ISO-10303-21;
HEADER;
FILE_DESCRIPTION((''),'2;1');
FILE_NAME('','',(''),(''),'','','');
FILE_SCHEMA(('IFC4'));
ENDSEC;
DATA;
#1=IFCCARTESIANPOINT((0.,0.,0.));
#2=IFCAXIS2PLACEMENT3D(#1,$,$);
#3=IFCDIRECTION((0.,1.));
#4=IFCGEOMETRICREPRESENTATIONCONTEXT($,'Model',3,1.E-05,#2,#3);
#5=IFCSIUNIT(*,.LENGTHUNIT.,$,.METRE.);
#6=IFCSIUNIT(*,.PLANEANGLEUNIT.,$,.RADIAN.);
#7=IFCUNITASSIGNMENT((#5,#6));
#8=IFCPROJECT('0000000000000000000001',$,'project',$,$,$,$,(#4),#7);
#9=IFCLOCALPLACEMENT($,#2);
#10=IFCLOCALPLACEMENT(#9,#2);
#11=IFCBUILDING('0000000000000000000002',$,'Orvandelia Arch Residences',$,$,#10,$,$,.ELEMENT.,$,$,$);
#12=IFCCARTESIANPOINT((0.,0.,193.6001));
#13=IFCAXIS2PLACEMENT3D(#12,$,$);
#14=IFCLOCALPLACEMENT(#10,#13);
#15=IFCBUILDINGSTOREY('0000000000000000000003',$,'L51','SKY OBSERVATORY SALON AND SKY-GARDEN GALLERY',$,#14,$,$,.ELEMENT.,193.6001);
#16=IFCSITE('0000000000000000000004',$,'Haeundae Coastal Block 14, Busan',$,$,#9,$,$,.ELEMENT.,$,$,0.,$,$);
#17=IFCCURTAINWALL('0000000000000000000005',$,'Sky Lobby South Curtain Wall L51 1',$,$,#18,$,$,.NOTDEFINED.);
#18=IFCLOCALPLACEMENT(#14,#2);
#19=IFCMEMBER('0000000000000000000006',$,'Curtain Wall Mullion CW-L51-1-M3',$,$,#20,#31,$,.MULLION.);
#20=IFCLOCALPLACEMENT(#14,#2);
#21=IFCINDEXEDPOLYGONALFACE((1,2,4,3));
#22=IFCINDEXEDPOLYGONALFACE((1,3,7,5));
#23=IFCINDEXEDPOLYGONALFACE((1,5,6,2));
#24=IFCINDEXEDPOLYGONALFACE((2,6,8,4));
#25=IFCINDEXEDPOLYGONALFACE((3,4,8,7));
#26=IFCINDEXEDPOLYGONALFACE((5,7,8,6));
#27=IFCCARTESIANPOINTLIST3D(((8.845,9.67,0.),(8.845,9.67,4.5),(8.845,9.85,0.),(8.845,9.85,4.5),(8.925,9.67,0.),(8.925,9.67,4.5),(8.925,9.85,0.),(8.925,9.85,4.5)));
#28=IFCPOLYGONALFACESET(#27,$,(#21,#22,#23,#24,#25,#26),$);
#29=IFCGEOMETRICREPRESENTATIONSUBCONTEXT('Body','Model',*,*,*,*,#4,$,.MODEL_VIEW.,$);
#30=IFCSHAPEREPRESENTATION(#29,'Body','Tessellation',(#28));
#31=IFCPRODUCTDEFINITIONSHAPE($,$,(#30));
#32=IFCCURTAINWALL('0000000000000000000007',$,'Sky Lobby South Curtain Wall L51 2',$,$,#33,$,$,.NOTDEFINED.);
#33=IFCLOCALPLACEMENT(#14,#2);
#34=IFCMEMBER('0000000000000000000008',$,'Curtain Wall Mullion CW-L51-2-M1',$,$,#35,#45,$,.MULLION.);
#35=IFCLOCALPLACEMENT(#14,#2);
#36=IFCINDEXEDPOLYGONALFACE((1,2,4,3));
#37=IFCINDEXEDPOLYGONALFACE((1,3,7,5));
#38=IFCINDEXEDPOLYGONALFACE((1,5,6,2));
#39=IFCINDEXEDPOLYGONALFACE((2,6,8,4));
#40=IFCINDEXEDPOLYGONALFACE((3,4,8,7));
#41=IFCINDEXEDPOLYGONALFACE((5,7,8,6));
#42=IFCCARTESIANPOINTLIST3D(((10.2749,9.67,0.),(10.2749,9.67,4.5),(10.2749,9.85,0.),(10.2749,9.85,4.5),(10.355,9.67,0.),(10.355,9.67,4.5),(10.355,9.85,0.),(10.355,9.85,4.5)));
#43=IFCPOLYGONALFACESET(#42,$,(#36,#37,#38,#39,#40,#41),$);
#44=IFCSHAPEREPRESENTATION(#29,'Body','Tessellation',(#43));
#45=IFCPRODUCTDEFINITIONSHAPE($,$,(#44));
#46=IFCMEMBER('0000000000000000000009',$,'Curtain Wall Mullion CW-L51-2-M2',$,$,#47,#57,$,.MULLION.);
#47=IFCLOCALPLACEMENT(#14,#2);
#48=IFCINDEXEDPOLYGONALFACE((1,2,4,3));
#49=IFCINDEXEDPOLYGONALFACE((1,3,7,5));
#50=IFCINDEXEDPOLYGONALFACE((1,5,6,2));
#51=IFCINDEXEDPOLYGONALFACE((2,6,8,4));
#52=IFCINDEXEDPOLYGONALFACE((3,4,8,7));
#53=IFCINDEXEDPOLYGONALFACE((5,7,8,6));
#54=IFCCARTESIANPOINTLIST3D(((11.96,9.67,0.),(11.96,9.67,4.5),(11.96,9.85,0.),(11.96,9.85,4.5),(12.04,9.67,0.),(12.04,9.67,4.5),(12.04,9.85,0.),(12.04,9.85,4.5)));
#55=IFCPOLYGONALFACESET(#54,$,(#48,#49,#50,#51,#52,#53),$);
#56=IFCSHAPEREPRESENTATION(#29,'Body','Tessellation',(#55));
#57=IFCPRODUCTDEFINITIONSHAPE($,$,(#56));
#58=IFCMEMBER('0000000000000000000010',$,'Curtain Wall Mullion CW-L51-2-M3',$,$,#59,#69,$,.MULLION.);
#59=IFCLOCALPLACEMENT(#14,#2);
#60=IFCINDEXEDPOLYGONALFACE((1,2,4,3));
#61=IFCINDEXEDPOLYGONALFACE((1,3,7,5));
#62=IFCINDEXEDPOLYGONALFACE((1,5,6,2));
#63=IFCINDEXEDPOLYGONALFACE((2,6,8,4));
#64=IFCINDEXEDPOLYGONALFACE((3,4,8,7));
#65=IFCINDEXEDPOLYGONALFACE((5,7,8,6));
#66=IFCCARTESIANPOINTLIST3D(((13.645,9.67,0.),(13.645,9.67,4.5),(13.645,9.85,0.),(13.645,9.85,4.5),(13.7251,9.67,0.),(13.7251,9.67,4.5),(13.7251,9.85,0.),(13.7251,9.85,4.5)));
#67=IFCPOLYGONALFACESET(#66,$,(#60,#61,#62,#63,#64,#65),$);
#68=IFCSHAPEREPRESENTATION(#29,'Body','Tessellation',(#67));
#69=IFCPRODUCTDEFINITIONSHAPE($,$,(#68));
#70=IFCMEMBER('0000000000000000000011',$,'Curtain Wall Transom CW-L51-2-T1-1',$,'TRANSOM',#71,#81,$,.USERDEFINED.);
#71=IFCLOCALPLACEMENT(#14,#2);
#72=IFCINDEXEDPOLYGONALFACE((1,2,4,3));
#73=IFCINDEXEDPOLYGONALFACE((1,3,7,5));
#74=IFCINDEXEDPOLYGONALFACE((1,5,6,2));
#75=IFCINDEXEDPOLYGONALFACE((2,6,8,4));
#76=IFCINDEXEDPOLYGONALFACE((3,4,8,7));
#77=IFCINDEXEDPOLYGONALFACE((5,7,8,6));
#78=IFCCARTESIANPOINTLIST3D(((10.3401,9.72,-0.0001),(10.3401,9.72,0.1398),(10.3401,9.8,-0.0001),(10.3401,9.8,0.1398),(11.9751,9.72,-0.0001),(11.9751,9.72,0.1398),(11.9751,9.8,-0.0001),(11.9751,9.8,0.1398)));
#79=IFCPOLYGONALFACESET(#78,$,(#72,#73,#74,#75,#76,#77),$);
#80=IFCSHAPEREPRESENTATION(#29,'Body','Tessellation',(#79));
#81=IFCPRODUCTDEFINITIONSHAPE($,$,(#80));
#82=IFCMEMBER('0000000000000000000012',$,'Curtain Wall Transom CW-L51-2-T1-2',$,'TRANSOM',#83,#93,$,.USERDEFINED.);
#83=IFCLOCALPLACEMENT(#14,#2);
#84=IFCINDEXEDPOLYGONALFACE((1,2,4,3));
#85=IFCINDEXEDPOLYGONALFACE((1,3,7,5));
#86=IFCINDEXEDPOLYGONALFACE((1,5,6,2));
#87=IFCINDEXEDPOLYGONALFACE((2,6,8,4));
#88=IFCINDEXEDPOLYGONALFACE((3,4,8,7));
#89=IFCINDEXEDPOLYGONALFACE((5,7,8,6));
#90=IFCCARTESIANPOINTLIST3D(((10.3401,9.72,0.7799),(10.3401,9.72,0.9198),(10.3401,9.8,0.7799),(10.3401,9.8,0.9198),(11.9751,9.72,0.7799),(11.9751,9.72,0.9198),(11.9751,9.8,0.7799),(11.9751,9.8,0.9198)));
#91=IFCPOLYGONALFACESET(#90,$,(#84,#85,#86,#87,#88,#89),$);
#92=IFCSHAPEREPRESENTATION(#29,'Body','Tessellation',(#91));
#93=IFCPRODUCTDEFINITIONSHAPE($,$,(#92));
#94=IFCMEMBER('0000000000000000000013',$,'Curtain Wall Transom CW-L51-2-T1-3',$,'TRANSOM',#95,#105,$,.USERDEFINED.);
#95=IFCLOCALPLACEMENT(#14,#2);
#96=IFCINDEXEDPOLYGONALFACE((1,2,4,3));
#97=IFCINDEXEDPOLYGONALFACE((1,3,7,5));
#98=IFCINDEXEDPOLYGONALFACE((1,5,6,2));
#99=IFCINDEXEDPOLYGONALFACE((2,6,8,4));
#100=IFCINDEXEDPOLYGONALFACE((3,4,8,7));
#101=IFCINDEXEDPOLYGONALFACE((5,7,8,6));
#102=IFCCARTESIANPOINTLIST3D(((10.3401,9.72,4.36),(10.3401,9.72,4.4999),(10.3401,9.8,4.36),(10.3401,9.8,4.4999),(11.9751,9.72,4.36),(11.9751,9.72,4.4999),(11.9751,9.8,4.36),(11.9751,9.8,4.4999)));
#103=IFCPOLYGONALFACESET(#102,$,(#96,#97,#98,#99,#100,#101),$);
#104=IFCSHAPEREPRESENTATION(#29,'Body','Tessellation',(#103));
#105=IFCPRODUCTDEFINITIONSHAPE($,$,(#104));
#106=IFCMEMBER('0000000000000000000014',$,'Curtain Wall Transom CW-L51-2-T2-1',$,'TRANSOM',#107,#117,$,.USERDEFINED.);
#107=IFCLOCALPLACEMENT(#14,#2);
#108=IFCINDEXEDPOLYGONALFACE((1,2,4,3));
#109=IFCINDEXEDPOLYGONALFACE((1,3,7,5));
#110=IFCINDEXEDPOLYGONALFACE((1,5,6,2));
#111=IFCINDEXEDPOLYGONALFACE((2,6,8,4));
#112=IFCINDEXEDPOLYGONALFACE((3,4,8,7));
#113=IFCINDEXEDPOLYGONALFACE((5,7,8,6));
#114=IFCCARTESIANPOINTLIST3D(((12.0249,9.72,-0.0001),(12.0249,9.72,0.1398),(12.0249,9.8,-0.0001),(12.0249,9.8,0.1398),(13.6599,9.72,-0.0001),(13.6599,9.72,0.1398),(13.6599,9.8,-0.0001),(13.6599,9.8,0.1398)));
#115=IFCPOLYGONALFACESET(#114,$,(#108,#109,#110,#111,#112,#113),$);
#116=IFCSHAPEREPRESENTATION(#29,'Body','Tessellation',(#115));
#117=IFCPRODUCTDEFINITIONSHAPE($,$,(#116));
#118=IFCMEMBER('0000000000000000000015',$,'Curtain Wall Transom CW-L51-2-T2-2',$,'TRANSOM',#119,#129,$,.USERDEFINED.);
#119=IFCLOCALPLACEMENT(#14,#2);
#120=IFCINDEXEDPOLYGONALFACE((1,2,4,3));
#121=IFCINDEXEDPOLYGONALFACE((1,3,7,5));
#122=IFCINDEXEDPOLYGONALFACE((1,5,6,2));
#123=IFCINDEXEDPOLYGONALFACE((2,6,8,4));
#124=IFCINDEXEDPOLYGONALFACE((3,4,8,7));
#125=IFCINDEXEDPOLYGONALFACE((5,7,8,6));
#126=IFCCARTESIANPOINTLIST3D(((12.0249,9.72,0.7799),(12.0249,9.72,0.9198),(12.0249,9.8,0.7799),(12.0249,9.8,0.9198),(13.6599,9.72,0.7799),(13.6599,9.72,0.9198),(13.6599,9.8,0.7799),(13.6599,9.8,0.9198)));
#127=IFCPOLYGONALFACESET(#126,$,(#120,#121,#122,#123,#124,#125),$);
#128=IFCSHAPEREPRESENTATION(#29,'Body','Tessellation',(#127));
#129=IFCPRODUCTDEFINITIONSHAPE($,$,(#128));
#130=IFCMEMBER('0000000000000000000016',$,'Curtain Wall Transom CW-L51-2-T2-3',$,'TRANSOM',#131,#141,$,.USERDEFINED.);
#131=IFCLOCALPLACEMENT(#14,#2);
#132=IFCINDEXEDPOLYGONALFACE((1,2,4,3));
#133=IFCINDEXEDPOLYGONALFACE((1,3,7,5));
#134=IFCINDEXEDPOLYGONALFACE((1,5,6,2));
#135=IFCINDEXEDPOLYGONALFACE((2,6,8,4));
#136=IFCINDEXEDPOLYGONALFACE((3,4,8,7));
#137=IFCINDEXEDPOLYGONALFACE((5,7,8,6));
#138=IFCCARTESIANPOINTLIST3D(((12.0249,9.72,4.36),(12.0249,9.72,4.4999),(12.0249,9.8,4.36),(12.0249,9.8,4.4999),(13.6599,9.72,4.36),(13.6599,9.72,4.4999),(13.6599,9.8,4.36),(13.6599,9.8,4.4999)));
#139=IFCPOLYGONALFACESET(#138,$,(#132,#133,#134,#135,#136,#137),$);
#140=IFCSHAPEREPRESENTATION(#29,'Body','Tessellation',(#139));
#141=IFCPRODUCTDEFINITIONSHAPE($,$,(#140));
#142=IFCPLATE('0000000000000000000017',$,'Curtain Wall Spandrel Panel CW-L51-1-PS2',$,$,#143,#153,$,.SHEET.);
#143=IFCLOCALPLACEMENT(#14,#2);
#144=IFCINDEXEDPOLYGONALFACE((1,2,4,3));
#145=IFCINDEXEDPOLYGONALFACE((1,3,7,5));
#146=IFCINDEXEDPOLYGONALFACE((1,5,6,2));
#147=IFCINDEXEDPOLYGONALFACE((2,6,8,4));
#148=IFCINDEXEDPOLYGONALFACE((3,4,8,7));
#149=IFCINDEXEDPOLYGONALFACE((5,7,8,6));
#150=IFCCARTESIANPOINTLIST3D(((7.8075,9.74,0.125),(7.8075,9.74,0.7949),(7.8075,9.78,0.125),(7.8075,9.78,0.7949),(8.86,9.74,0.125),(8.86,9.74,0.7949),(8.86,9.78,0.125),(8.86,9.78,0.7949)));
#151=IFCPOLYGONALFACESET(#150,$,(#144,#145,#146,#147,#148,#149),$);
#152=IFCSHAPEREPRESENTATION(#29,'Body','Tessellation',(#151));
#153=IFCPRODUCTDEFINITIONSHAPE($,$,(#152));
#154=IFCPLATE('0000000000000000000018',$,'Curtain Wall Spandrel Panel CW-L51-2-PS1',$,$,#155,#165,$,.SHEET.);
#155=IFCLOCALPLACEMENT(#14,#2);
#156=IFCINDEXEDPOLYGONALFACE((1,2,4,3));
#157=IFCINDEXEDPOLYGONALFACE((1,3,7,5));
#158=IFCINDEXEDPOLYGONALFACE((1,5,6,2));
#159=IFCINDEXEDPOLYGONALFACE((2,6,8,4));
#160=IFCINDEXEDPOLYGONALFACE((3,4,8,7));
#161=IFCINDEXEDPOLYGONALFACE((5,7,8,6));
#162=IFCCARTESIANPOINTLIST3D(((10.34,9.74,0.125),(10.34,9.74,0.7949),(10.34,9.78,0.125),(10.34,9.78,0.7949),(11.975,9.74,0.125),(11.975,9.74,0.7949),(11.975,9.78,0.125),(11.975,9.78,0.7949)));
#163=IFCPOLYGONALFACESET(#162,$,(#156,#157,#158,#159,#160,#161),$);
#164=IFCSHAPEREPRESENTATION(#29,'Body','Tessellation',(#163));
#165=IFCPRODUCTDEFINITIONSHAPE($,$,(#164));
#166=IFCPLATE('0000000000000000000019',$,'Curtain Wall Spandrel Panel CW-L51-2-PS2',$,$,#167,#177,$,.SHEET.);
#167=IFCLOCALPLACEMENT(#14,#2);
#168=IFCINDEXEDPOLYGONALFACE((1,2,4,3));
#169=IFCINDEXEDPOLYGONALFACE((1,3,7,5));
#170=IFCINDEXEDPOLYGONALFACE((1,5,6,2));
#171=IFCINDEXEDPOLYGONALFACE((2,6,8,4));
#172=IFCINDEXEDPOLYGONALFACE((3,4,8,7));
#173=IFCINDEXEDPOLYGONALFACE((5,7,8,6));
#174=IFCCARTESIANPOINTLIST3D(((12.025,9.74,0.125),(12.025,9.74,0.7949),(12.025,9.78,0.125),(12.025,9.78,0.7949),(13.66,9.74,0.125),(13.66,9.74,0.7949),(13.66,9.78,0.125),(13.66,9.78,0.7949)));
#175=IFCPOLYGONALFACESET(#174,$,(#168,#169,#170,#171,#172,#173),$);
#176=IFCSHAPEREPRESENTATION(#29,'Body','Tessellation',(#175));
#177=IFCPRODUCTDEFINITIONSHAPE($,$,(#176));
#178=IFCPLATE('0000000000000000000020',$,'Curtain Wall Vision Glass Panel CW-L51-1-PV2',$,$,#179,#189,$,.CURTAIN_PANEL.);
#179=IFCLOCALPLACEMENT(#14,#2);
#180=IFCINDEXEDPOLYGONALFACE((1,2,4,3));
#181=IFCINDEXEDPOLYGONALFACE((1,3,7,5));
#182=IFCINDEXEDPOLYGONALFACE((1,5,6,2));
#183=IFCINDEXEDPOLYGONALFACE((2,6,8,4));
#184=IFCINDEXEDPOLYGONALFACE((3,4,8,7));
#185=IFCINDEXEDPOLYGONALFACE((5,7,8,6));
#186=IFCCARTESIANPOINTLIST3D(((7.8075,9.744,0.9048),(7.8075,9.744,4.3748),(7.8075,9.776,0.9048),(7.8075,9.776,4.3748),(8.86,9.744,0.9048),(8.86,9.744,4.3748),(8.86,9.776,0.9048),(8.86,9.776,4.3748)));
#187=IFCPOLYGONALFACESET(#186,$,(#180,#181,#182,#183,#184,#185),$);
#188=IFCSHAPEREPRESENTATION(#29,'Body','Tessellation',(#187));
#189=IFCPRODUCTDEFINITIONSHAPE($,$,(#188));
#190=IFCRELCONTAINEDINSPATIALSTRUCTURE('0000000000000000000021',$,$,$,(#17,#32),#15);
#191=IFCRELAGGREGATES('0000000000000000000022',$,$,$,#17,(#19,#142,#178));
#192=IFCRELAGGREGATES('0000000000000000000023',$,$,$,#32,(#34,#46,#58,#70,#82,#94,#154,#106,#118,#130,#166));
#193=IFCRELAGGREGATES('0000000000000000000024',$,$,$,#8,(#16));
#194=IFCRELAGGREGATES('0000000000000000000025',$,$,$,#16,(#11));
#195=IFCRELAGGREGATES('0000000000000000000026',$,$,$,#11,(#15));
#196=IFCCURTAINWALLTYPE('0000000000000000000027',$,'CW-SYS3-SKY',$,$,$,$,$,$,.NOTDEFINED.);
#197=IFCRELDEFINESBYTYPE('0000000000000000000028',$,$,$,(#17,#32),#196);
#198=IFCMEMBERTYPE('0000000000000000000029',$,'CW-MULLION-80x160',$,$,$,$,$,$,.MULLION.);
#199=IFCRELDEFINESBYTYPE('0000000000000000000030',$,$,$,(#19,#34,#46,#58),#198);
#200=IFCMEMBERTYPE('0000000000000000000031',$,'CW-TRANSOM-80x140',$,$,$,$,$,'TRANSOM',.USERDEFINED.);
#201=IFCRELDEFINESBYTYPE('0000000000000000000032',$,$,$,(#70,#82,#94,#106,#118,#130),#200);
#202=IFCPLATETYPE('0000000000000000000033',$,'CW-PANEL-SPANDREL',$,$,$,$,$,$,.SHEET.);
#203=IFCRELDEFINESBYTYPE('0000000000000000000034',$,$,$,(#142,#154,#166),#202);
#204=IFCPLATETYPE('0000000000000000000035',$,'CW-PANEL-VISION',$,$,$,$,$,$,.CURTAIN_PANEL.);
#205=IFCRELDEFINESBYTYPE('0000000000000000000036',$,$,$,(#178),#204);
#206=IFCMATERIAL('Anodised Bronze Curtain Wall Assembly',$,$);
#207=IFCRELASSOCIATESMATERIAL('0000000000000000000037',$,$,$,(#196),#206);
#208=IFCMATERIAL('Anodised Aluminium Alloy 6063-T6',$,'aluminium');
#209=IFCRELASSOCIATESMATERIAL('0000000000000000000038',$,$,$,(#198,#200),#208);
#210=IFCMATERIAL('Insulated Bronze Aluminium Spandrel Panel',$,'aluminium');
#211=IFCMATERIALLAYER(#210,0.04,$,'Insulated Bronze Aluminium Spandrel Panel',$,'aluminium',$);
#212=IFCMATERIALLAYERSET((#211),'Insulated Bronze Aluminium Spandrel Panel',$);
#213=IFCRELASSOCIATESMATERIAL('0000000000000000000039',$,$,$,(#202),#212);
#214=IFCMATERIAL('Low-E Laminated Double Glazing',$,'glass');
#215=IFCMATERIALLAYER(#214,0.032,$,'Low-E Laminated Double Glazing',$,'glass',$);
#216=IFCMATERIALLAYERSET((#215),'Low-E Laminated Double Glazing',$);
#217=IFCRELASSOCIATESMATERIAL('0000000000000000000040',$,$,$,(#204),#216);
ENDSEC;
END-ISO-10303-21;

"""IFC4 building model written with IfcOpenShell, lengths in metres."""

from ifc_helpers import new_model, si_unit, direction, frame, origin, origin_2d, place, context, subcontext, project, spatial, rectangle, extrude, material, layer, layer_set, material_profile, profile_set, type_object, element, aggregate, save


model = new_model("IFC4")

# Units and contexts
model_context = context("Model", 3, precision=1e-05, world=origin(), true_north=direction((0.0, 1.0)))
body_context = subcontext(model_context, "Body", "Model", "MODEL_VIEW")
ifc_project = project(units=[si_unit("LENGTHUNIT", "METRE"), si_unit("PLANEANGLEUNIT", "RADIAN")], contexts=[model_context])

# Site, building, storey
site_placement = place(None, origin())
site = spatial("IfcSite", under=ifc_project, at=site_placement, Name="Haeundae Coastal Block 14, Busan", CompositionType="ELEMENT", RefElevation=0.0)
building_placement = place(site_placement, origin())
building = spatial("IfcBuilding", under=site, at=building_placement, Name="Orvandelia Arch Residences", CompositionType="ELEMENT")
storey_placement = place(building_placement, frame((0.0, 0.0, 193.6001)))
storey = spatial("IfcBuildingStorey", under=building, at=storey_placement, Name="L51", Description="SKY OBSERVATORY SALON AND SKY-GARDEN GALLERY", CompositionType="ELEMENT", Elevation=193.6001)

# Curtain wall, member
ifc_material_1 = material(Name="Anodised Bronze Curtain Wall Assembly")
curtain_wall_type = type_object("IfcCurtainWallType", Name="CW-SYS3-SKY", PredefinedType="NOTDEFINED", material=ifc_material_1)
curtain_wall_1_placement = place(storey_placement, origin())
curtain_wall_1 = element("IfcCurtainWall", 1, at=curtain_wall_1_placement, inside=storey, type_object=curtain_wall_type, Name="Sky Lobby South Curtain Wall L51 1", PredefinedType="NOTDEFINED")
ifc_material_2 = material(Name="Anodised Aluminium Alloy 6063-T6", Category="aluminium")
ifc_material_profile_1 = material_profile(ifc_material_2, rectangle(XDim=0.0801, YDim=0.1799, at=origin_2d()), Name="Anodised Aluminium Alloy 6063-T6", Category="aluminium")
ifc_profile_set_1 = profile_set([ifc_material_profile_1], Name="Anodised Aluminium Alloy 6063-T6")
member_type_1 = type_object("IfcMemberType", Name="CW-MULLION-80x160", PredefinedType="MULLION", material=ifc_profile_set_1)
member_1_placement = place(storey_placement, frame((8.885, 9.76, 0.0), z_axis=(0.0, 0.0, 1.0), x_axis=(1.0, 0.0, 0.0)))
member_1 = element("IfcMember", 2, at=member_1_placement, type_object=member_type_1, Name="Curtain Wall Mullion CW-L51-1-M3", PredefinedType="MULLION", context=body_context, shape_type="SweptSolid", body=[
    extrude(rectangle(XDim=0.0801, YDim=0.1799, at=origin_2d()), origin(), (0.0, 0.0, 1.0), 4.5),
])

# Curtain wall, members
curtain_wall_2_placement = place(storey_placement, origin())
curtain_wall_2 = element("IfcCurtainWall", 3, at=curtain_wall_2_placement, inside=storey, type_object=curtain_wall_type, Name="Sky Lobby South Curtain Wall L51 2", PredefinedType="NOTDEFINED")
member_2_placement = place(storey_placement, frame((10.3149, 9.76, 0.0), z_axis=(0.0, 0.0, 1.0), x_axis=(1.0, 0.0, 0.0)))
member_2 = element("IfcMember", 4, at=member_2_placement, type_object=member_type_1, Name="Curtain Wall Mullion CW-L51-2-M1", PredefinedType="MULLION", context=body_context, shape_type="SweptSolid", body=[
    extrude(rectangle(XDim=0.0801, YDim=0.1799, at=origin_2d()), origin(), (0.0, 0.0, 1.0), 4.5),
])
member_3_placement = place(storey_placement, frame((12.0, 9.76, 0.0), z_axis=(0.0, 0.0, 1.0), x_axis=(1.0, 0.0, 0.0)))
member_3 = element("IfcMember", 5, at=member_3_placement, type_object=member_type_1, Name="Curtain Wall Mullion CW-L51-2-M2", PredefinedType="MULLION", context=body_context, shape_type="SweptSolid", body=[
    extrude(rectangle(XDim=0.0801, YDim=0.1799, at=origin_2d()), origin(), (0.0, 0.0, 1.0), 4.5),
])
member_4_placement = place(storey_placement, frame((13.6851, 9.76, 0.0), z_axis=(0.0, 0.0, 1.0), x_axis=(1.0, 0.0, 0.0)))
member_4 = element("IfcMember", 6, at=member_4_placement, type_object=member_type_1, Name="Curtain Wall Mullion CW-L51-2-M3", PredefinedType="MULLION", context=body_context, shape_type="SweptSolid", body=[
    extrude(rectangle(XDim=0.0801, YDim=0.1799, at=origin_2d()), origin(), (0.0, 0.0, 1.0), 4.5),
])
ifc_material_profile_2 = material_profile(ifc_material_2, rectangle(XDim=0.0801, YDim=0.1399, at=origin_2d()), Name="Anodised Aluminium Alloy 6063-T6", Category="aluminium")
ifc_profile_set_2 = profile_set([ifc_material_profile_2], Name="Anodised Aluminium Alloy 6063-T6")
member_type_2 = type_object("IfcMemberType", Name="CW-TRANSOM-80x140", ElementType="TRANSOM", PredefinedType="USERDEFINED", material=ifc_profile_set_2)
member_5_placement = place(storey_placement, frame((10.3401, 9.76, 0.0698), z_axis=(1.0, 0.0, 0.0), x_axis=(0.0, 1.0, 0.0)))
member_5 = element("IfcMember", 7, at=member_5_placement, type_object=member_type_2, Name="Curtain Wall Transom CW-L51-2-T1-1", ObjectType="TRANSOM", PredefinedType="USERDEFINED", context=body_context, shape_type="SweptSolid", body=[
    extrude(rectangle(XDim=0.0801, YDim=0.1399, at=origin_2d()), origin(), (0.0, 0.0, 1.0), 1.635),
])
member_6_placement = place(storey_placement, frame((10.3401, 9.76, 0.8499), z_axis=(1.0, 0.0, 0.0), x_axis=(0.0, 1.0, 0.0)))
member_6 = element("IfcMember", 8, at=member_6_placement, type_object=member_type_2, Name="Curtain Wall Transom CW-L51-2-T1-2", ObjectType="TRANSOM", PredefinedType="USERDEFINED", context=body_context, shape_type="SweptSolid", body=[
    extrude(rectangle(XDim=0.0801, YDim=0.1399, at=origin_2d()), origin(), (0.0, 0.0, 1.0), 1.635),
])
member_7_placement = place(storey_placement, frame((10.3401, 9.76, 4.4299), z_axis=(1.0, 0.0, 0.0), x_axis=(0.0, 1.0, 0.0)))
member_7 = element("IfcMember", 9, at=member_7_placement, type_object=member_type_2, Name="Curtain Wall Transom CW-L51-2-T1-3", ObjectType="TRANSOM", PredefinedType="USERDEFINED", context=body_context, shape_type="SweptSolid", body=[
    extrude(rectangle(XDim=0.0801, YDim=0.1399, at=origin_2d()), origin(), (0.0, 0.0, 1.0), 1.635),
])
member_8_placement = place(storey_placement, frame((12.0249, 9.76, 0.0698), z_axis=(1.0, 0.0, 0.0), x_axis=(0.0, 1.0, 0.0)))
member_8 = element("IfcMember", 10, at=member_8_placement, type_object=member_type_2, Name="Curtain Wall Transom CW-L51-2-T2-1", ObjectType="TRANSOM", PredefinedType="USERDEFINED", context=body_context, shape_type="SweptSolid", body=[
    extrude(rectangle(XDim=0.0801, YDim=0.1399, at=origin_2d()), origin(), (0.0, 0.0, 1.0), 1.635),
])
member_9_placement = place(storey_placement, frame((12.0249, 9.76, 0.8499), z_axis=(1.0, 0.0, 0.0), x_axis=(0.0, 1.0, 0.0)))
member_9 = element("IfcMember", 11, at=member_9_placement, type_object=member_type_2, Name="Curtain Wall Transom CW-L51-2-T2-2", ObjectType="TRANSOM", PredefinedType="USERDEFINED", context=body_context, shape_type="SweptSolid", body=[
    extrude(rectangle(XDim=0.0801, YDim=0.1399, at=origin_2d()), origin(), (0.0, 0.0, 1.0), 1.635),
])
member_10_placement = place(storey_placement, frame((12.0249, 9.76, 4.4299), z_axis=(1.0, 0.0, 0.0), x_axis=(0.0, 1.0, 0.0)))
member_10 = element("IfcMember", 12, at=member_10_placement, type_object=member_type_2, Name="Curtain Wall Transom CW-L51-2-T2-3", ObjectType="TRANSOM", PredefinedType="USERDEFINED", context=body_context, shape_type="SweptSolid", body=[
    extrude(rectangle(XDim=0.0801, YDim=0.1399, at=origin_2d()), origin(), (0.0, 0.0, 1.0), 1.635),
])

# Plates
ifc_material_3 = material(Name="Insulated Bronze Aluminium Spandrel Panel", Category="aluminium")
ifc_layer_1 = layer(ifc_material_3, 0.04, Name="Insulated Bronze Aluminium Spandrel Panel", Category="aluminium")
ifc_layer_set_1 = layer_set([ifc_layer_1], Name="Insulated Bronze Aluminium Spandrel Panel")
plate_type_1 = type_object("IfcPlateType", Name="CW-PANEL-SPANDREL", PredefinedType="SHEET", material=ifc_layer_set_1)
plate_1_placement = place(storey_placement, frame((8.3337, 9.76, 0.125), z_axis=(0.0, 0.0, 1.0), x_axis=(1.0, 0.0, 0.0)))
plate_1 = element("IfcPlate", 13, at=plate_1_placement, type_object=plate_type_1, Name="Curtain Wall Spandrel Panel CW-L51-1-PS2", PredefinedType="SHEET", context=body_context, shape_type="SweptSolid", body=[
    extrude(rectangle(XDim=1.0525, YDim=0.04, at=origin_2d()), origin(), (0.0, 0.0, 1.0), 0.6699),
])
plate_2_placement = place(storey_placement, frame((11.1575, 9.76, 0.125), z_axis=(0.0, 0.0, 1.0), x_axis=(1.0, 0.0, 0.0)))
plate_2 = element("IfcPlate", 14, at=plate_2_placement, type_object=plate_type_1, Name="Curtain Wall Spandrel Panel CW-L51-2-PS1", PredefinedType="SHEET", context=body_context, shape_type="SweptSolid", body=[
    extrude(rectangle(XDim=1.635, YDim=0.04, at=origin_2d()), origin(), (0.0, 0.0, 1.0), 0.6699),
])
plate_3_placement = place(storey_placement, frame((12.8425, 9.76, 0.125), z_axis=(0.0, 0.0, 1.0), x_axis=(1.0, 0.0, 0.0)))
plate_3 = element("IfcPlate", 15, at=plate_3_placement, type_object=plate_type_1, Name="Curtain Wall Spandrel Panel CW-L51-2-PS2", PredefinedType="SHEET", context=body_context, shape_type="SweptSolid", body=[
    extrude(rectangle(XDim=1.635, YDim=0.04, at=origin_2d()), origin(), (0.0, 0.0, 1.0), 0.6699),
])
ifc_material_4 = material(Name="Low-E Laminated Double Glazing", Category="glass")
ifc_layer_2 = layer(ifc_material_4, 0.032, Name="Low-E Laminated Double Glazing", Category="glass")
ifc_layer_set_2 = layer_set([ifc_layer_2], Name="Low-E Laminated Double Glazing")
plate_type_2 = type_object("IfcPlateType", Name="CW-PANEL-VISION", PredefinedType="CURTAIN_PANEL", material=ifc_layer_set_2)
plate_4_placement = place(storey_placement, frame((8.3337, 9.76, 0.9048), z_axis=(0.0, 0.0, 1.0), x_axis=(1.0, 0.0, 0.0)))
plate_4 = element("IfcPlate", 16, at=plate_4_placement, type_object=plate_type_2, Name="Curtain Wall Vision Glass Panel CW-L51-1-PV2", PredefinedType="CURTAIN_PANEL", context=body_context, shape_type="SweptSolid", body=[
    extrude(rectangle(XDim=1.0525, YDim=0.032, at=origin_2d()), origin(), (0.0, 0.0, 1.0), 3.47),
])
aggregate(curtain_wall_1, [member_1, plate_1, plate_4])
aggregate(curtain_wall_2, [member_2, member_3, member_4, member_5, member_6, member_7, plate_2, member_8, member_9, member_10, plate_3])

save(model, "model.ifc")
